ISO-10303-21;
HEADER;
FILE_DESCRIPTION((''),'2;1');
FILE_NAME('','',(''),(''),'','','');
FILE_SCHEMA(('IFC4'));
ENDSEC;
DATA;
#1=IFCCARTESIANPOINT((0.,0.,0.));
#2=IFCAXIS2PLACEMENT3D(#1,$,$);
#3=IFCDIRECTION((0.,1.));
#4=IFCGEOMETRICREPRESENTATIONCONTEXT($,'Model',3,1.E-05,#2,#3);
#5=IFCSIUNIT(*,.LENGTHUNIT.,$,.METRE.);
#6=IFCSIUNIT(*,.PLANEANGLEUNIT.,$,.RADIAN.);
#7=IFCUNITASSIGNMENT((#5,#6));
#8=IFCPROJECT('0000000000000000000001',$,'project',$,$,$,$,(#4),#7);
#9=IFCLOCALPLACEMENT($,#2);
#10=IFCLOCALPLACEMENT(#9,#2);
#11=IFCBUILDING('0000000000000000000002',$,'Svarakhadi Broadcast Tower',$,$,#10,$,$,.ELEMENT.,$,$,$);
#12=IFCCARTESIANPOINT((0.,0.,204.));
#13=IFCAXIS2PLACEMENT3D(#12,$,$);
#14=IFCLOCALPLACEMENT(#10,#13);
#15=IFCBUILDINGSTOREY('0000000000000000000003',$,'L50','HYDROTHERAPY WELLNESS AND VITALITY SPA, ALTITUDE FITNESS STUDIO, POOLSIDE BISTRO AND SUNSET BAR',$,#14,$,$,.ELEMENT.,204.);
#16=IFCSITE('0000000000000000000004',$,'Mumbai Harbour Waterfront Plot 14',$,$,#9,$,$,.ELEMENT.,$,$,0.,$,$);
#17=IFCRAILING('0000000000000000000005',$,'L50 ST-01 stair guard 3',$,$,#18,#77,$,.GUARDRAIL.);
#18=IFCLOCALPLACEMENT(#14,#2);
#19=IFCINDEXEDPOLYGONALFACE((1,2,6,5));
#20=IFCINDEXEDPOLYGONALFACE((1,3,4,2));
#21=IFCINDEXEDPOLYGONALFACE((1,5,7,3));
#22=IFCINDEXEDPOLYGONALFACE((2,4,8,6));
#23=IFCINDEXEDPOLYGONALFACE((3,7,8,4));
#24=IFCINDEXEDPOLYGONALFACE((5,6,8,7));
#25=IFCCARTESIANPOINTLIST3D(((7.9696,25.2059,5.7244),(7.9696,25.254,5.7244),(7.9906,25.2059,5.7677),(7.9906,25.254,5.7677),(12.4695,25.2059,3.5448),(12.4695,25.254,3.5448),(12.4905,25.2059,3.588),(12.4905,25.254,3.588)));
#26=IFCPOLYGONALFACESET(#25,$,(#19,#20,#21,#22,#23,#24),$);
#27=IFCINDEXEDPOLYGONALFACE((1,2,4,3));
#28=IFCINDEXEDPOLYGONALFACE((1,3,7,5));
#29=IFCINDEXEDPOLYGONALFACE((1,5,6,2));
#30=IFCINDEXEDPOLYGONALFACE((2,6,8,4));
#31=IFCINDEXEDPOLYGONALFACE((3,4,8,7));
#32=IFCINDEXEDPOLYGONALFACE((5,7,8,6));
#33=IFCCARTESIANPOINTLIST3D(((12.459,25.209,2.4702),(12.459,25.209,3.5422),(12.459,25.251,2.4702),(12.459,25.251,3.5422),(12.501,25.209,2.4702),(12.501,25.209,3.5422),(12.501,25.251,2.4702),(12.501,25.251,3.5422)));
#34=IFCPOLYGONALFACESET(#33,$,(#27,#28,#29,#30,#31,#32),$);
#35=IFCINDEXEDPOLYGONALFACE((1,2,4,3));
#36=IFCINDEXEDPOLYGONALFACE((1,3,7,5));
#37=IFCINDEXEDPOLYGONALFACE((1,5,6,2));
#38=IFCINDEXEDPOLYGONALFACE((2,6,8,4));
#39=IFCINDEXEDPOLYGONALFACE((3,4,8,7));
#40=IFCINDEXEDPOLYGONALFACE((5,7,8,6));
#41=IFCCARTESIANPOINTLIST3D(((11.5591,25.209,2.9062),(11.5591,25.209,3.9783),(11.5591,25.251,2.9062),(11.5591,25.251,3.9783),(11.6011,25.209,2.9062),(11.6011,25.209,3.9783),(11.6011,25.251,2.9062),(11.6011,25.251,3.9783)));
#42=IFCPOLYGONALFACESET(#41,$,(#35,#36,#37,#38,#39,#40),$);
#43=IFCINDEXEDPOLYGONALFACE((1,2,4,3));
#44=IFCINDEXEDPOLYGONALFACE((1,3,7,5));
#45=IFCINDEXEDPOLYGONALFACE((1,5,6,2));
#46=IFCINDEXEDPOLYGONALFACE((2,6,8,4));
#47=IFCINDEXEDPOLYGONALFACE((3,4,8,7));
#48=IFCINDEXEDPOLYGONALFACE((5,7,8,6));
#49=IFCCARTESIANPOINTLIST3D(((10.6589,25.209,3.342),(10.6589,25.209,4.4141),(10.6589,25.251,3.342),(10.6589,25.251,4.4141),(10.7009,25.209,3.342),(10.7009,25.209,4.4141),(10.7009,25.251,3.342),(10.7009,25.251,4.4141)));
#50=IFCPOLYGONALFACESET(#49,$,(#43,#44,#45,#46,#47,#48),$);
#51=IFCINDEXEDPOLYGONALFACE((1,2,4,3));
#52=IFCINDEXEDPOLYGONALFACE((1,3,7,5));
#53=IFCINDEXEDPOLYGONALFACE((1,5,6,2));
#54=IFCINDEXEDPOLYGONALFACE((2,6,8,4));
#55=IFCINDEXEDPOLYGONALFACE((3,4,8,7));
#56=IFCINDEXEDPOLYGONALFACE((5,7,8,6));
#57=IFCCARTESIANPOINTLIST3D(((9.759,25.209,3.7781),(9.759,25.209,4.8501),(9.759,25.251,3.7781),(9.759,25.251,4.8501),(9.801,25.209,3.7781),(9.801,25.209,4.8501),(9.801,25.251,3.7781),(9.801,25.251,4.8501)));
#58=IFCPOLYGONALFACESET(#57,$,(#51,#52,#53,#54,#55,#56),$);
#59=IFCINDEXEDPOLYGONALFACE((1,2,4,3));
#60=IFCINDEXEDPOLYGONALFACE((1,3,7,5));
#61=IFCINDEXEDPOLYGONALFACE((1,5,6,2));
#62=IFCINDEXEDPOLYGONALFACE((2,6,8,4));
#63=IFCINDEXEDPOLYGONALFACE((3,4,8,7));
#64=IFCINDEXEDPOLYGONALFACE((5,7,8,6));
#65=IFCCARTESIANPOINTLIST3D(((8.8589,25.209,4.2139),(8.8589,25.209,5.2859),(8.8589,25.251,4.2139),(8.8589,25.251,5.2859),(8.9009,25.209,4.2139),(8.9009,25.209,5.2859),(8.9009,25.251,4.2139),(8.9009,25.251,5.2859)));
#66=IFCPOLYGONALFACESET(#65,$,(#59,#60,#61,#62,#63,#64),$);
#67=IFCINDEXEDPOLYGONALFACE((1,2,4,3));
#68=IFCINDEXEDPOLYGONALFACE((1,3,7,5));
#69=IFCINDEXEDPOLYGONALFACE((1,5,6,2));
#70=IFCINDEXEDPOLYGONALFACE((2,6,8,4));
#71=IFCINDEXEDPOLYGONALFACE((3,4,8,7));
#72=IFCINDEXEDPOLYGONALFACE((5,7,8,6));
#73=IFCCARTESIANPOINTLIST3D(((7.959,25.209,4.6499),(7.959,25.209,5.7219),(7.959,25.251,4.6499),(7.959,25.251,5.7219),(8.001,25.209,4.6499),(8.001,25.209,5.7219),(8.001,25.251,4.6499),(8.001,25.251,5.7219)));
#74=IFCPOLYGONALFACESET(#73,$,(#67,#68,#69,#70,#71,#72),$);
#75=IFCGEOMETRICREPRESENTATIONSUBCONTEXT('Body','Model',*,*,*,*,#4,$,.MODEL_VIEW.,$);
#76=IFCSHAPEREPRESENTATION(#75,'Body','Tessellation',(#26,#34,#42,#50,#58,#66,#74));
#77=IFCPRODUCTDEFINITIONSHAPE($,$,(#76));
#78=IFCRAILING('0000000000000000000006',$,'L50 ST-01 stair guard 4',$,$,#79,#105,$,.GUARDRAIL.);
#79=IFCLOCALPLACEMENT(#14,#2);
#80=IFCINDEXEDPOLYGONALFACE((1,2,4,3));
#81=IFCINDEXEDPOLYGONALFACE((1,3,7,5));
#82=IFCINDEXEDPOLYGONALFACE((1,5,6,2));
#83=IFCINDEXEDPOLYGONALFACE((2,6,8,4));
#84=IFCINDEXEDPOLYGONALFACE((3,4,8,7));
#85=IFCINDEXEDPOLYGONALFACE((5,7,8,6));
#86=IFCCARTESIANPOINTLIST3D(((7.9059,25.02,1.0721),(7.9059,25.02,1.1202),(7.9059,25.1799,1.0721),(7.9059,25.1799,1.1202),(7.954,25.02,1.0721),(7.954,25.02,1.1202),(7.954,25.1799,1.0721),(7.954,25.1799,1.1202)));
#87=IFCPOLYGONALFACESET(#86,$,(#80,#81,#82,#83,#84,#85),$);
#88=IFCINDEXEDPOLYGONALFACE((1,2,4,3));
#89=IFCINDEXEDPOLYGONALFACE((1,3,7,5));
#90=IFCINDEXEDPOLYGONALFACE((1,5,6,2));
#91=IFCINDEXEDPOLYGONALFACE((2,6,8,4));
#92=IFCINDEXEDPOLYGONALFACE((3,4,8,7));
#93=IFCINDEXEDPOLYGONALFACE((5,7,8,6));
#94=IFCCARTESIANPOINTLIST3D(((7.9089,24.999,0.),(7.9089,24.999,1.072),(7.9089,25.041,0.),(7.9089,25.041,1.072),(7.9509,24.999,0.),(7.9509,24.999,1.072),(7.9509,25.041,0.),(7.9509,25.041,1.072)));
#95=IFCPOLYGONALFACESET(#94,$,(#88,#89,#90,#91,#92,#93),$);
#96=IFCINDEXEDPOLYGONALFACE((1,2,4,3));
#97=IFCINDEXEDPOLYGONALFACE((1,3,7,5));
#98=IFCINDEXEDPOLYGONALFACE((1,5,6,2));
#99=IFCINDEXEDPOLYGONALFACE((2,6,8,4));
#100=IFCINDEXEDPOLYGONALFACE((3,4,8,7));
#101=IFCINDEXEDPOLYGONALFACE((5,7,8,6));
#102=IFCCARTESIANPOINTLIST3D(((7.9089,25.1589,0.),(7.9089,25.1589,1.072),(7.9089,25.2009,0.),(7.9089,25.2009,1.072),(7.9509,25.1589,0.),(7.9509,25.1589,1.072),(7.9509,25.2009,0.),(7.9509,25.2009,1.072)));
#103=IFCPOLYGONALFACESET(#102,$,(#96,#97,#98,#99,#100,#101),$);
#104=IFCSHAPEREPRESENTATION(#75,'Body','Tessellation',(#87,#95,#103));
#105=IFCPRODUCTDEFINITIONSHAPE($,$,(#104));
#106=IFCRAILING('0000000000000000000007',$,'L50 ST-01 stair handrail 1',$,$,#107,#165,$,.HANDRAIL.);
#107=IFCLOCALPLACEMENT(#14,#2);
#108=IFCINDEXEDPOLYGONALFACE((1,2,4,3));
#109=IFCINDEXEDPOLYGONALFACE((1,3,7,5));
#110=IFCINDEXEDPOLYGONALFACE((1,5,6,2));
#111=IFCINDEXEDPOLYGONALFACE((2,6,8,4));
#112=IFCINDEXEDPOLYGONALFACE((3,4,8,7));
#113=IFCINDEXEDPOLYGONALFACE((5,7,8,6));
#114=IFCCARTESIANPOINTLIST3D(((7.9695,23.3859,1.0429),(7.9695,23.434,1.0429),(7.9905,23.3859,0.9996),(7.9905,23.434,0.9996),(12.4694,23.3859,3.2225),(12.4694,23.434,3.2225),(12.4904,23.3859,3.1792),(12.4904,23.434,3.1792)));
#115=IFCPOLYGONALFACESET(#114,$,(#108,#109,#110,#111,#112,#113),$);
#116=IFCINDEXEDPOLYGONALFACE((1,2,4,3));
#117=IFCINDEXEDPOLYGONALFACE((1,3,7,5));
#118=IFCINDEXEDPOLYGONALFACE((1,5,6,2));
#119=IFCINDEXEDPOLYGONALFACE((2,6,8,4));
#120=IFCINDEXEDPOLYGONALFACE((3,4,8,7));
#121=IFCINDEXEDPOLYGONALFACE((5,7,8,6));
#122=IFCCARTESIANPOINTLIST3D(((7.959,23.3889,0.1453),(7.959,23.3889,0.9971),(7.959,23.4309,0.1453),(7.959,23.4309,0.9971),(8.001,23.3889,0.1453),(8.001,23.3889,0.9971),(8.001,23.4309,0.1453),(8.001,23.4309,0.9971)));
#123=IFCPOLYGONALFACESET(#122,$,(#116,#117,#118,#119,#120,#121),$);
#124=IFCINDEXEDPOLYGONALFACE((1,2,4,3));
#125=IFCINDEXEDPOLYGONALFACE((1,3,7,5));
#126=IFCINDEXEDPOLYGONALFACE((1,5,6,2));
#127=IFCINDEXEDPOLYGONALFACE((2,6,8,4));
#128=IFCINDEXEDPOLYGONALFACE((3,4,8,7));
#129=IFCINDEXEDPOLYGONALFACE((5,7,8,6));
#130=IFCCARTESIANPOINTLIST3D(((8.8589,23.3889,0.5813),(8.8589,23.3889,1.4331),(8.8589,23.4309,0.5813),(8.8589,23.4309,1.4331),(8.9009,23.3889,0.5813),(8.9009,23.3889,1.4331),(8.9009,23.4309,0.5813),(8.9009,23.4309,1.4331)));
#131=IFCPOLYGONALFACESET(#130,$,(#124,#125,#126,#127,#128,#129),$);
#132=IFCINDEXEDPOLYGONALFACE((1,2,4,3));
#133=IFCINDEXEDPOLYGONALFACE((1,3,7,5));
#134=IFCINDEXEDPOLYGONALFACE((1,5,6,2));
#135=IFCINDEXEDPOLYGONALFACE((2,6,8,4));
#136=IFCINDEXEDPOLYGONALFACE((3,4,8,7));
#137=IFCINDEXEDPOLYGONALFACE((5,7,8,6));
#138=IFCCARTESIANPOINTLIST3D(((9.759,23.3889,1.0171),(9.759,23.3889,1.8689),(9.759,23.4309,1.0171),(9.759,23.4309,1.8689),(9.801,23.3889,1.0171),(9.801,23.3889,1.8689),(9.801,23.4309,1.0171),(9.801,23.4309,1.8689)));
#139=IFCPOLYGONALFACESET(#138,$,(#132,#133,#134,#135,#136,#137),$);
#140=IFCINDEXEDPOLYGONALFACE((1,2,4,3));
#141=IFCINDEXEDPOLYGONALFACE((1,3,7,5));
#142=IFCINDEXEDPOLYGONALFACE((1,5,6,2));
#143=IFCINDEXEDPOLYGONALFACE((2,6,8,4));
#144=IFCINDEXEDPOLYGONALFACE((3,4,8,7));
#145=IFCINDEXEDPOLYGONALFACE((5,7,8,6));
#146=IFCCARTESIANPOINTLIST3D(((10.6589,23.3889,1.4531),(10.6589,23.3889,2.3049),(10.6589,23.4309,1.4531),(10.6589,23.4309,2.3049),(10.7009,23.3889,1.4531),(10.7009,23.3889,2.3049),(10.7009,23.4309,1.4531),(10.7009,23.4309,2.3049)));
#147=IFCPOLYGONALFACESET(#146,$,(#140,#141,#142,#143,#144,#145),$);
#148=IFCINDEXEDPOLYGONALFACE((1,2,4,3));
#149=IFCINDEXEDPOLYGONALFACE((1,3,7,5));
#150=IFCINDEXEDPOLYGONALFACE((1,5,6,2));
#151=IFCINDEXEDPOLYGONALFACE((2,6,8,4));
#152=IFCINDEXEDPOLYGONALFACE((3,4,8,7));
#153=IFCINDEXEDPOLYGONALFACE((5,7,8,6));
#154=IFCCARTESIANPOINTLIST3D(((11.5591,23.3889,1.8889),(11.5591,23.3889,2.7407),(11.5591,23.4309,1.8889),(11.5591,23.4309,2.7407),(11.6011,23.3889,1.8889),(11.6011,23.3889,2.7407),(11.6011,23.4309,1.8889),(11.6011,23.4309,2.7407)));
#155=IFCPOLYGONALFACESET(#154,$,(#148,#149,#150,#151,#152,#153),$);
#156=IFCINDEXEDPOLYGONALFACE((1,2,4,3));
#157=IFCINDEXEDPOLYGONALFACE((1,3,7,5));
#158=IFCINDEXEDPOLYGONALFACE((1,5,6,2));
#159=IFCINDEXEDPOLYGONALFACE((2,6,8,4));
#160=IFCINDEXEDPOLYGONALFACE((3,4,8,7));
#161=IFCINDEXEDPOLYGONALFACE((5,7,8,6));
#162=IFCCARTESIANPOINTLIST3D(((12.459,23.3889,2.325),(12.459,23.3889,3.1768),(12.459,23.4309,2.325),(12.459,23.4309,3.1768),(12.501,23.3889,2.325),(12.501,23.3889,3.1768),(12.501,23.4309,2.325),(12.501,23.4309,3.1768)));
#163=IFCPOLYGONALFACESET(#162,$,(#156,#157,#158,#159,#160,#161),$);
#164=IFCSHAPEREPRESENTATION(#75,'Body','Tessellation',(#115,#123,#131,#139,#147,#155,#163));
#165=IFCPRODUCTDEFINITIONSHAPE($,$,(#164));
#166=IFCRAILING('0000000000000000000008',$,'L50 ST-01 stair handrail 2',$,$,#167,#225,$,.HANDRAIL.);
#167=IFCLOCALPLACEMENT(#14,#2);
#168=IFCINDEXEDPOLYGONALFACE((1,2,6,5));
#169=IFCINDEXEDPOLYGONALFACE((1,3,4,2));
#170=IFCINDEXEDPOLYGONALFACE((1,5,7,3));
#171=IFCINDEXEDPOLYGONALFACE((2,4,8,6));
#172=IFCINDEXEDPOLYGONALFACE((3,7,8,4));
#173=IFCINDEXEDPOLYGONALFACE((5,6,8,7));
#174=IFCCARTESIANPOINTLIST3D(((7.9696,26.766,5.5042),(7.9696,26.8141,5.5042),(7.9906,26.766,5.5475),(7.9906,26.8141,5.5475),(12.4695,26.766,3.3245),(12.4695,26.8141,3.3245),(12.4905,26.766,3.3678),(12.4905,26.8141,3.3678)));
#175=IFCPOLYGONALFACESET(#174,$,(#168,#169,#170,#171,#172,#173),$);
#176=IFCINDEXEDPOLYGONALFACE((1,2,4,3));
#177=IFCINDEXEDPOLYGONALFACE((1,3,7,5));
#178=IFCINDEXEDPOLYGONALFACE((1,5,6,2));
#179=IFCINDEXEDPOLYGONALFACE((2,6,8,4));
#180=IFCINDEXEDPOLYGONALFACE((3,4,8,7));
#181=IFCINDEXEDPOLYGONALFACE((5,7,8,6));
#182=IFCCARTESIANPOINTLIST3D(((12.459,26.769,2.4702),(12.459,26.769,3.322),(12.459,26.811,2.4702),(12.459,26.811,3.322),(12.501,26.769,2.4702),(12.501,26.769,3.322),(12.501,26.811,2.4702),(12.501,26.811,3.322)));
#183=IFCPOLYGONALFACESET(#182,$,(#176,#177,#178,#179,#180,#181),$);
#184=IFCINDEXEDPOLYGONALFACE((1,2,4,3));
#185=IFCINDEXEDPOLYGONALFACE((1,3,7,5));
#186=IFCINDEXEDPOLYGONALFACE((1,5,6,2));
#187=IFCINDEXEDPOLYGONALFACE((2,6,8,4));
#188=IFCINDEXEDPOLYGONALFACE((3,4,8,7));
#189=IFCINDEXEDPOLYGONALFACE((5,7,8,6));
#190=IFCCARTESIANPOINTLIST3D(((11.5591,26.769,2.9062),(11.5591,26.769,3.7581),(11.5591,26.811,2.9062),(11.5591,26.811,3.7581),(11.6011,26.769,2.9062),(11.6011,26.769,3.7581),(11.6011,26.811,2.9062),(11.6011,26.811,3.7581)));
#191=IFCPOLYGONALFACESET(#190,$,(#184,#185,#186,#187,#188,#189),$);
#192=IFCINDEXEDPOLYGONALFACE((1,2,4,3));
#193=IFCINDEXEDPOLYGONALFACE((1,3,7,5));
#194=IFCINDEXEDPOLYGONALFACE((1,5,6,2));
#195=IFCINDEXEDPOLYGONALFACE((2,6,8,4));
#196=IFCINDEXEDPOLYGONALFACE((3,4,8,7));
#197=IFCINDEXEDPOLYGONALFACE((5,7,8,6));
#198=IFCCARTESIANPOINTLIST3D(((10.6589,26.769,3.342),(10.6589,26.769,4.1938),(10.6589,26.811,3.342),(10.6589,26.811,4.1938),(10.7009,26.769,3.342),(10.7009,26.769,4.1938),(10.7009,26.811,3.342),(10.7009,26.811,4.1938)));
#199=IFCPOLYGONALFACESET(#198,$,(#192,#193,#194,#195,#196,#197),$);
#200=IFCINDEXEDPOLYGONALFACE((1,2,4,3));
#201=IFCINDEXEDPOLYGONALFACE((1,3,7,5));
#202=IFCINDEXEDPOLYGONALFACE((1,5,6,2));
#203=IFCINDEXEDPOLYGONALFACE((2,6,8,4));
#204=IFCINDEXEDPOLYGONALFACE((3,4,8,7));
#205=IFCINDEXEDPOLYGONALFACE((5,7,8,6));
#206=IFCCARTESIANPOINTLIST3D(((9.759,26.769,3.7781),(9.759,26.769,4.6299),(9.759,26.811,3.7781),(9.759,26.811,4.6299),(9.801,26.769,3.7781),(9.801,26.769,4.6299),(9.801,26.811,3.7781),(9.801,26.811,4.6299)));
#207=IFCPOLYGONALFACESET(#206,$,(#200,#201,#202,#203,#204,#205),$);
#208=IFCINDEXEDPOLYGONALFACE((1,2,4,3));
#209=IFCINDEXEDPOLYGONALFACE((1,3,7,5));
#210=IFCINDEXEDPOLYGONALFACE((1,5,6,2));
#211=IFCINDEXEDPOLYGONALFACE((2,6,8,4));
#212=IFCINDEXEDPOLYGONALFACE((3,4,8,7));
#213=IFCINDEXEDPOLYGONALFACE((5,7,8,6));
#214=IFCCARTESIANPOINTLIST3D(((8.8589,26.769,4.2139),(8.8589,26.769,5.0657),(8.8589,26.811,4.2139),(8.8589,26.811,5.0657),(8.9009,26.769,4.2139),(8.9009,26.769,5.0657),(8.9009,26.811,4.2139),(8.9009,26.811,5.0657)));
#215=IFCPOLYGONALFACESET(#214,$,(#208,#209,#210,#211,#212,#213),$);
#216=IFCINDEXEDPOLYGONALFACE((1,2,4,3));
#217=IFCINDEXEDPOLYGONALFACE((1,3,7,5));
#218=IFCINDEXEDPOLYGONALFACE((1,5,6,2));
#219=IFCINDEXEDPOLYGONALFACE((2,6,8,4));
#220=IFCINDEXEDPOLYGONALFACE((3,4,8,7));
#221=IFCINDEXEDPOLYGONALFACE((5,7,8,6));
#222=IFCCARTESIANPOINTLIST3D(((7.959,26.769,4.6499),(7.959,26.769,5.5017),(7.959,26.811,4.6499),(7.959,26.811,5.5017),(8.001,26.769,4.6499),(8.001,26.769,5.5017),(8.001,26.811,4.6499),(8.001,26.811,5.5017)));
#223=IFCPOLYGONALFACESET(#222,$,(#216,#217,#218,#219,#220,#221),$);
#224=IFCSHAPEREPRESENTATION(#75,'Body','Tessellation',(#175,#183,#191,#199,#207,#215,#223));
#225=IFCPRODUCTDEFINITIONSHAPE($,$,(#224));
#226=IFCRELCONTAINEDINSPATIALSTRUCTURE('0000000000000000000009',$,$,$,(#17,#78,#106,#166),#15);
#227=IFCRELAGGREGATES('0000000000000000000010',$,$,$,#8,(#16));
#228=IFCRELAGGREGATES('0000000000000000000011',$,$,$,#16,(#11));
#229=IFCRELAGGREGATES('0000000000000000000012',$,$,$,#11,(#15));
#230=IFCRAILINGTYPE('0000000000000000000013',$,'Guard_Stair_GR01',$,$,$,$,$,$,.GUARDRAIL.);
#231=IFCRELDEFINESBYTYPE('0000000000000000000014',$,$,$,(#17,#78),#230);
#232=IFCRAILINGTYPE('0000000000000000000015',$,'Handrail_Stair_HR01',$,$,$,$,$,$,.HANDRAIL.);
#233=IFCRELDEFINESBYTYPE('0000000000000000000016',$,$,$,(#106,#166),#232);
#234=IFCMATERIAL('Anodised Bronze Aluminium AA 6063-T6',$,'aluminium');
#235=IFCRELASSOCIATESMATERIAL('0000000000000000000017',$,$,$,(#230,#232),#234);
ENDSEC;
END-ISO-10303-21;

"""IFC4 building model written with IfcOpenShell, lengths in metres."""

from ifc_helpers import new_model, si_unit, direction, frame, origin, origin_2d, place, context, subcontext, project, spatial, rectangle, extrude, material, type_object, element, save


model = new_model("IFC4")

# Units and contexts
model_context = context("Model", 3, precision=1e-05, world=origin(), true_north=direction((0.0, 1.0)))
body_context = subcontext(model_context, "Body", "Model", "MODEL_VIEW")
ifc_project = project(units=[si_unit("LENGTHUNIT", "METRE"), si_unit("PLANEANGLEUNIT", "RADIAN")], contexts=[model_context])

# Site, building, storey
site_placement = place(None, origin())
site = spatial("IfcSite", under=ifc_project, at=site_placement, Name="Mumbai Harbour Waterfront Plot 14", CompositionType="ELEMENT", RefElevation=0.0)
building_placement = place(site_placement, origin())
building = spatial("IfcBuilding", under=site, at=building_placement, Name="Svarakhadi Broadcast Tower", CompositionType="ELEMENT")
storey_placement = place(building_placement, frame((0.0, 0.0, 204.0)))
storey = spatial("IfcBuildingStorey", under=building, at=storey_placement, Name="L50", Description="HYDROTHERAPY WELLNESS AND VITALITY SPA, ALTITUDE FITNESS STUDIO, POOLSIDE BISTRO AND SUNSET BAR", CompositionType="ELEMENT", Elevation=204.0)

# Railings
ifc_material_1 = material(Name="Anodised Bronze Aluminium AA 6063-T6", Category="aluminium")
railing_type_1 = type_object("IfcRailingType", Name="Guard_Stair_GR01", PredefinedType="GUARDRAIL", material=ifc_material_1)
railing_1_placement = place(storey_placement, frame((12.48, 25.23, 2.4702)))
element("IfcRailing", 1, at=railing_1_placement, inside=storey, type_object=railing_type_1, Name="L50 ST-01 stair guard 3", PredefinedType="GUARDRAIL", context=body_context, shape_type="SweptSolid", body=[
    extrude(rectangle(XDim=0.0481, YDim=0.0481, at=origin_2d()), frame((0.0, 0.0, 1.0962), z_axis=(-0.899981, 0.0, 0.435928), x_axis=(0.0, -1.0, 0.0)), (0.0, 0.0, 1.0), 5.0),
    extrude(rectangle(XDim=0.042, YDim=0.042, at=origin_2d()), origin(), (0.0, 0.0, 1.0), 1.072),
    extrude(rectangle(XDim=0.042, YDim=0.042, at=origin_2d()), frame((-0.8999, 0.0, 0.436)), (0.0, 0.0, 1.0), 1.072),
    extrude(rectangle(XDim=0.042, YDim=0.042, at=origin_2d()), frame((-1.8, 0.0, 0.8718)), (0.0, 0.0, 1.0), 1.072),
    extrude(rectangle(XDim=0.042, YDim=0.042, at=origin_2d()), frame((-2.7, 0.0, 1.3079)), (0.0, 0.0, 1.0), 1.072),
    extrude(rectangle(XDim=0.042, YDim=0.042, at=origin_2d()), frame((-3.6001, 0.0, 1.7437)), (0.0, 0.0, 1.0), 1.072),
    extrude(rectangle(XDim=0.042, YDim=0.042, at=origin_2d()), frame((-4.5, 0.0, 2.1797)), (0.0, 0.0, 1.0), 1.072),
])
railing_2_placement = place(storey_placement, frame((7.9299, 25.02, 0.0)))
element("IfcRailing", 2, at=railing_2_placement, inside=storey, type_object=railing_type_1, Name="L50 ST-01 stair guard 4", PredefinedType="GUARDRAIL", context=body_context, shape_type="SweptSolid", body=[
    extrude(rectangle(XDim=0.0481, YDim=0.0481, at=origin_2d()), frame((0.0, 0.0, 1.0962), z_axis=(0.0, 1.0, 0.0), x_axis=(-1.0, 0.0, 0.0)), (0.0, 0.0, 1.0), 0.1599),
    extrude(rectangle(XDim=0.042, YDim=0.042, at=origin_2d()), origin(), (0.0, 0.0, 1.0), 1.072),
    extrude(rectangle(XDim=0.042, YDim=0.042, at=origin_2d()), frame((0.0, 0.1599, 0.0)), (0.0, 0.0, 1.0), 1.072),
])
railing_type_2 = type_object("IfcRailingType", Name="Handrail_Stair_HR01", PredefinedType="HANDRAIL", material=ifc_material_1)
railing_3_placement = place(storey_placement, frame((7.98, 23.4099, 0.1453)))
element("IfcRailing", 3, at=railing_3_placement, inside=storey, type_object=railing_type_2, Name="L50 ST-01 stair handrail 1", PredefinedType="HANDRAIL", context=body_context, shape_type="SweptSolid", body=[
    extrude(rectangle(XDim=0.0481, YDim=0.0481, at=origin_2d()), frame((0.0, 0.0, 0.876), z_axis=(0.899981, 0.0, 0.435928), x_axis=(0.0, 1.0, 0.0)), (0.0, 0.0, 1.0), 5.0),
    extrude(rectangle(XDim=0.042, YDim=0.042, at=origin_2d()), origin(), (0.0, 0.0, 1.0), 0.8518),
    extrude(rectangle(XDim=0.042, YDim=0.042, at=origin_2d()), frame((0.8999, 0.0, 0.436)), (0.0, 0.0, 1.0), 0.8518),
    extrude(rectangle(XDim=0.042, YDim=0.042, at=origin_2d()), frame((1.8, 0.0, 0.8718)), (0.0, 0.0, 1.0), 0.8518),
    extrude(rectangle(XDim=0.042, YDim=0.042, at=origin_2d()), frame((2.7, 0.0, 1.3079)), (0.0, 0.0, 1.0), 0.8518),
    extrude(rectangle(XDim=0.042, YDim=0.042, at=origin_2d()), frame((3.6001, 0.0, 1.7437)), (0.0, 0.0, 1.0), 0.8518),
    extrude(rectangle(XDim=0.042, YDim=0.042, at=origin_2d()), frame((4.5, 0.0, 2.1797)), (0.0, 0.0, 1.0), 0.8518),
])
railing_4_placement = place(storey_placement, frame((12.48, 26.79, 2.4702)))
element("IfcRailing", 4, at=railing_4_placement, inside=storey, type_object=railing_type_2, Name="L50 ST-01 stair handrail 2", PredefinedType="HANDRAIL", context=body_context, shape_type="SweptSolid", body=[
    extrude(rectangle(XDim=0.0481, YDim=0.0481, at=origin_2d()), frame((0.0, 0.0, 0.876), z_axis=(-0.899981, 0.0, 0.435928), x_axis=(0.0, -1.0, 0.0)), (0.0, 0.0, 1.0), 5.0),
    extrude(rectangle(XDim=0.042, YDim=0.042, at=origin_2d()), origin(), (0.0, 0.0, 1.0), 0.8518),
    extrude(rectangle(XDim=0.042, YDim=0.042, at=origin_2d()), frame((-0.8999, 0.0, 0.436)), (0.0, 0.0, 1.0), 0.8518),
    extrude(rectangle(XDim=0.042, YDim=0.042, at=origin_2d()), frame((-1.8, 0.0, 0.8718)), (0.0, 0.0, 1.0), 0.8518),
    extrude(rectangle(XDim=0.042, YDim=0.042, at=origin_2d()), frame((-2.7, 0.0, 1.3079)), (0.0, 0.0, 1.0), 0.8518),
    extrude(rectangle(XDim=0.042, YDim=0.042, at=origin_2d()), frame((-3.6001, 0.0, 1.7437)), (0.0, 0.0, 1.0), 0.8518),
    extrude(rectangle(XDim=0.042, YDim=0.042, at=origin_2d()), frame((-4.5, 0.0, 2.1797)), (0.0, 0.0, 1.0), 0.8518),
])

save(model, "model.ifc")
